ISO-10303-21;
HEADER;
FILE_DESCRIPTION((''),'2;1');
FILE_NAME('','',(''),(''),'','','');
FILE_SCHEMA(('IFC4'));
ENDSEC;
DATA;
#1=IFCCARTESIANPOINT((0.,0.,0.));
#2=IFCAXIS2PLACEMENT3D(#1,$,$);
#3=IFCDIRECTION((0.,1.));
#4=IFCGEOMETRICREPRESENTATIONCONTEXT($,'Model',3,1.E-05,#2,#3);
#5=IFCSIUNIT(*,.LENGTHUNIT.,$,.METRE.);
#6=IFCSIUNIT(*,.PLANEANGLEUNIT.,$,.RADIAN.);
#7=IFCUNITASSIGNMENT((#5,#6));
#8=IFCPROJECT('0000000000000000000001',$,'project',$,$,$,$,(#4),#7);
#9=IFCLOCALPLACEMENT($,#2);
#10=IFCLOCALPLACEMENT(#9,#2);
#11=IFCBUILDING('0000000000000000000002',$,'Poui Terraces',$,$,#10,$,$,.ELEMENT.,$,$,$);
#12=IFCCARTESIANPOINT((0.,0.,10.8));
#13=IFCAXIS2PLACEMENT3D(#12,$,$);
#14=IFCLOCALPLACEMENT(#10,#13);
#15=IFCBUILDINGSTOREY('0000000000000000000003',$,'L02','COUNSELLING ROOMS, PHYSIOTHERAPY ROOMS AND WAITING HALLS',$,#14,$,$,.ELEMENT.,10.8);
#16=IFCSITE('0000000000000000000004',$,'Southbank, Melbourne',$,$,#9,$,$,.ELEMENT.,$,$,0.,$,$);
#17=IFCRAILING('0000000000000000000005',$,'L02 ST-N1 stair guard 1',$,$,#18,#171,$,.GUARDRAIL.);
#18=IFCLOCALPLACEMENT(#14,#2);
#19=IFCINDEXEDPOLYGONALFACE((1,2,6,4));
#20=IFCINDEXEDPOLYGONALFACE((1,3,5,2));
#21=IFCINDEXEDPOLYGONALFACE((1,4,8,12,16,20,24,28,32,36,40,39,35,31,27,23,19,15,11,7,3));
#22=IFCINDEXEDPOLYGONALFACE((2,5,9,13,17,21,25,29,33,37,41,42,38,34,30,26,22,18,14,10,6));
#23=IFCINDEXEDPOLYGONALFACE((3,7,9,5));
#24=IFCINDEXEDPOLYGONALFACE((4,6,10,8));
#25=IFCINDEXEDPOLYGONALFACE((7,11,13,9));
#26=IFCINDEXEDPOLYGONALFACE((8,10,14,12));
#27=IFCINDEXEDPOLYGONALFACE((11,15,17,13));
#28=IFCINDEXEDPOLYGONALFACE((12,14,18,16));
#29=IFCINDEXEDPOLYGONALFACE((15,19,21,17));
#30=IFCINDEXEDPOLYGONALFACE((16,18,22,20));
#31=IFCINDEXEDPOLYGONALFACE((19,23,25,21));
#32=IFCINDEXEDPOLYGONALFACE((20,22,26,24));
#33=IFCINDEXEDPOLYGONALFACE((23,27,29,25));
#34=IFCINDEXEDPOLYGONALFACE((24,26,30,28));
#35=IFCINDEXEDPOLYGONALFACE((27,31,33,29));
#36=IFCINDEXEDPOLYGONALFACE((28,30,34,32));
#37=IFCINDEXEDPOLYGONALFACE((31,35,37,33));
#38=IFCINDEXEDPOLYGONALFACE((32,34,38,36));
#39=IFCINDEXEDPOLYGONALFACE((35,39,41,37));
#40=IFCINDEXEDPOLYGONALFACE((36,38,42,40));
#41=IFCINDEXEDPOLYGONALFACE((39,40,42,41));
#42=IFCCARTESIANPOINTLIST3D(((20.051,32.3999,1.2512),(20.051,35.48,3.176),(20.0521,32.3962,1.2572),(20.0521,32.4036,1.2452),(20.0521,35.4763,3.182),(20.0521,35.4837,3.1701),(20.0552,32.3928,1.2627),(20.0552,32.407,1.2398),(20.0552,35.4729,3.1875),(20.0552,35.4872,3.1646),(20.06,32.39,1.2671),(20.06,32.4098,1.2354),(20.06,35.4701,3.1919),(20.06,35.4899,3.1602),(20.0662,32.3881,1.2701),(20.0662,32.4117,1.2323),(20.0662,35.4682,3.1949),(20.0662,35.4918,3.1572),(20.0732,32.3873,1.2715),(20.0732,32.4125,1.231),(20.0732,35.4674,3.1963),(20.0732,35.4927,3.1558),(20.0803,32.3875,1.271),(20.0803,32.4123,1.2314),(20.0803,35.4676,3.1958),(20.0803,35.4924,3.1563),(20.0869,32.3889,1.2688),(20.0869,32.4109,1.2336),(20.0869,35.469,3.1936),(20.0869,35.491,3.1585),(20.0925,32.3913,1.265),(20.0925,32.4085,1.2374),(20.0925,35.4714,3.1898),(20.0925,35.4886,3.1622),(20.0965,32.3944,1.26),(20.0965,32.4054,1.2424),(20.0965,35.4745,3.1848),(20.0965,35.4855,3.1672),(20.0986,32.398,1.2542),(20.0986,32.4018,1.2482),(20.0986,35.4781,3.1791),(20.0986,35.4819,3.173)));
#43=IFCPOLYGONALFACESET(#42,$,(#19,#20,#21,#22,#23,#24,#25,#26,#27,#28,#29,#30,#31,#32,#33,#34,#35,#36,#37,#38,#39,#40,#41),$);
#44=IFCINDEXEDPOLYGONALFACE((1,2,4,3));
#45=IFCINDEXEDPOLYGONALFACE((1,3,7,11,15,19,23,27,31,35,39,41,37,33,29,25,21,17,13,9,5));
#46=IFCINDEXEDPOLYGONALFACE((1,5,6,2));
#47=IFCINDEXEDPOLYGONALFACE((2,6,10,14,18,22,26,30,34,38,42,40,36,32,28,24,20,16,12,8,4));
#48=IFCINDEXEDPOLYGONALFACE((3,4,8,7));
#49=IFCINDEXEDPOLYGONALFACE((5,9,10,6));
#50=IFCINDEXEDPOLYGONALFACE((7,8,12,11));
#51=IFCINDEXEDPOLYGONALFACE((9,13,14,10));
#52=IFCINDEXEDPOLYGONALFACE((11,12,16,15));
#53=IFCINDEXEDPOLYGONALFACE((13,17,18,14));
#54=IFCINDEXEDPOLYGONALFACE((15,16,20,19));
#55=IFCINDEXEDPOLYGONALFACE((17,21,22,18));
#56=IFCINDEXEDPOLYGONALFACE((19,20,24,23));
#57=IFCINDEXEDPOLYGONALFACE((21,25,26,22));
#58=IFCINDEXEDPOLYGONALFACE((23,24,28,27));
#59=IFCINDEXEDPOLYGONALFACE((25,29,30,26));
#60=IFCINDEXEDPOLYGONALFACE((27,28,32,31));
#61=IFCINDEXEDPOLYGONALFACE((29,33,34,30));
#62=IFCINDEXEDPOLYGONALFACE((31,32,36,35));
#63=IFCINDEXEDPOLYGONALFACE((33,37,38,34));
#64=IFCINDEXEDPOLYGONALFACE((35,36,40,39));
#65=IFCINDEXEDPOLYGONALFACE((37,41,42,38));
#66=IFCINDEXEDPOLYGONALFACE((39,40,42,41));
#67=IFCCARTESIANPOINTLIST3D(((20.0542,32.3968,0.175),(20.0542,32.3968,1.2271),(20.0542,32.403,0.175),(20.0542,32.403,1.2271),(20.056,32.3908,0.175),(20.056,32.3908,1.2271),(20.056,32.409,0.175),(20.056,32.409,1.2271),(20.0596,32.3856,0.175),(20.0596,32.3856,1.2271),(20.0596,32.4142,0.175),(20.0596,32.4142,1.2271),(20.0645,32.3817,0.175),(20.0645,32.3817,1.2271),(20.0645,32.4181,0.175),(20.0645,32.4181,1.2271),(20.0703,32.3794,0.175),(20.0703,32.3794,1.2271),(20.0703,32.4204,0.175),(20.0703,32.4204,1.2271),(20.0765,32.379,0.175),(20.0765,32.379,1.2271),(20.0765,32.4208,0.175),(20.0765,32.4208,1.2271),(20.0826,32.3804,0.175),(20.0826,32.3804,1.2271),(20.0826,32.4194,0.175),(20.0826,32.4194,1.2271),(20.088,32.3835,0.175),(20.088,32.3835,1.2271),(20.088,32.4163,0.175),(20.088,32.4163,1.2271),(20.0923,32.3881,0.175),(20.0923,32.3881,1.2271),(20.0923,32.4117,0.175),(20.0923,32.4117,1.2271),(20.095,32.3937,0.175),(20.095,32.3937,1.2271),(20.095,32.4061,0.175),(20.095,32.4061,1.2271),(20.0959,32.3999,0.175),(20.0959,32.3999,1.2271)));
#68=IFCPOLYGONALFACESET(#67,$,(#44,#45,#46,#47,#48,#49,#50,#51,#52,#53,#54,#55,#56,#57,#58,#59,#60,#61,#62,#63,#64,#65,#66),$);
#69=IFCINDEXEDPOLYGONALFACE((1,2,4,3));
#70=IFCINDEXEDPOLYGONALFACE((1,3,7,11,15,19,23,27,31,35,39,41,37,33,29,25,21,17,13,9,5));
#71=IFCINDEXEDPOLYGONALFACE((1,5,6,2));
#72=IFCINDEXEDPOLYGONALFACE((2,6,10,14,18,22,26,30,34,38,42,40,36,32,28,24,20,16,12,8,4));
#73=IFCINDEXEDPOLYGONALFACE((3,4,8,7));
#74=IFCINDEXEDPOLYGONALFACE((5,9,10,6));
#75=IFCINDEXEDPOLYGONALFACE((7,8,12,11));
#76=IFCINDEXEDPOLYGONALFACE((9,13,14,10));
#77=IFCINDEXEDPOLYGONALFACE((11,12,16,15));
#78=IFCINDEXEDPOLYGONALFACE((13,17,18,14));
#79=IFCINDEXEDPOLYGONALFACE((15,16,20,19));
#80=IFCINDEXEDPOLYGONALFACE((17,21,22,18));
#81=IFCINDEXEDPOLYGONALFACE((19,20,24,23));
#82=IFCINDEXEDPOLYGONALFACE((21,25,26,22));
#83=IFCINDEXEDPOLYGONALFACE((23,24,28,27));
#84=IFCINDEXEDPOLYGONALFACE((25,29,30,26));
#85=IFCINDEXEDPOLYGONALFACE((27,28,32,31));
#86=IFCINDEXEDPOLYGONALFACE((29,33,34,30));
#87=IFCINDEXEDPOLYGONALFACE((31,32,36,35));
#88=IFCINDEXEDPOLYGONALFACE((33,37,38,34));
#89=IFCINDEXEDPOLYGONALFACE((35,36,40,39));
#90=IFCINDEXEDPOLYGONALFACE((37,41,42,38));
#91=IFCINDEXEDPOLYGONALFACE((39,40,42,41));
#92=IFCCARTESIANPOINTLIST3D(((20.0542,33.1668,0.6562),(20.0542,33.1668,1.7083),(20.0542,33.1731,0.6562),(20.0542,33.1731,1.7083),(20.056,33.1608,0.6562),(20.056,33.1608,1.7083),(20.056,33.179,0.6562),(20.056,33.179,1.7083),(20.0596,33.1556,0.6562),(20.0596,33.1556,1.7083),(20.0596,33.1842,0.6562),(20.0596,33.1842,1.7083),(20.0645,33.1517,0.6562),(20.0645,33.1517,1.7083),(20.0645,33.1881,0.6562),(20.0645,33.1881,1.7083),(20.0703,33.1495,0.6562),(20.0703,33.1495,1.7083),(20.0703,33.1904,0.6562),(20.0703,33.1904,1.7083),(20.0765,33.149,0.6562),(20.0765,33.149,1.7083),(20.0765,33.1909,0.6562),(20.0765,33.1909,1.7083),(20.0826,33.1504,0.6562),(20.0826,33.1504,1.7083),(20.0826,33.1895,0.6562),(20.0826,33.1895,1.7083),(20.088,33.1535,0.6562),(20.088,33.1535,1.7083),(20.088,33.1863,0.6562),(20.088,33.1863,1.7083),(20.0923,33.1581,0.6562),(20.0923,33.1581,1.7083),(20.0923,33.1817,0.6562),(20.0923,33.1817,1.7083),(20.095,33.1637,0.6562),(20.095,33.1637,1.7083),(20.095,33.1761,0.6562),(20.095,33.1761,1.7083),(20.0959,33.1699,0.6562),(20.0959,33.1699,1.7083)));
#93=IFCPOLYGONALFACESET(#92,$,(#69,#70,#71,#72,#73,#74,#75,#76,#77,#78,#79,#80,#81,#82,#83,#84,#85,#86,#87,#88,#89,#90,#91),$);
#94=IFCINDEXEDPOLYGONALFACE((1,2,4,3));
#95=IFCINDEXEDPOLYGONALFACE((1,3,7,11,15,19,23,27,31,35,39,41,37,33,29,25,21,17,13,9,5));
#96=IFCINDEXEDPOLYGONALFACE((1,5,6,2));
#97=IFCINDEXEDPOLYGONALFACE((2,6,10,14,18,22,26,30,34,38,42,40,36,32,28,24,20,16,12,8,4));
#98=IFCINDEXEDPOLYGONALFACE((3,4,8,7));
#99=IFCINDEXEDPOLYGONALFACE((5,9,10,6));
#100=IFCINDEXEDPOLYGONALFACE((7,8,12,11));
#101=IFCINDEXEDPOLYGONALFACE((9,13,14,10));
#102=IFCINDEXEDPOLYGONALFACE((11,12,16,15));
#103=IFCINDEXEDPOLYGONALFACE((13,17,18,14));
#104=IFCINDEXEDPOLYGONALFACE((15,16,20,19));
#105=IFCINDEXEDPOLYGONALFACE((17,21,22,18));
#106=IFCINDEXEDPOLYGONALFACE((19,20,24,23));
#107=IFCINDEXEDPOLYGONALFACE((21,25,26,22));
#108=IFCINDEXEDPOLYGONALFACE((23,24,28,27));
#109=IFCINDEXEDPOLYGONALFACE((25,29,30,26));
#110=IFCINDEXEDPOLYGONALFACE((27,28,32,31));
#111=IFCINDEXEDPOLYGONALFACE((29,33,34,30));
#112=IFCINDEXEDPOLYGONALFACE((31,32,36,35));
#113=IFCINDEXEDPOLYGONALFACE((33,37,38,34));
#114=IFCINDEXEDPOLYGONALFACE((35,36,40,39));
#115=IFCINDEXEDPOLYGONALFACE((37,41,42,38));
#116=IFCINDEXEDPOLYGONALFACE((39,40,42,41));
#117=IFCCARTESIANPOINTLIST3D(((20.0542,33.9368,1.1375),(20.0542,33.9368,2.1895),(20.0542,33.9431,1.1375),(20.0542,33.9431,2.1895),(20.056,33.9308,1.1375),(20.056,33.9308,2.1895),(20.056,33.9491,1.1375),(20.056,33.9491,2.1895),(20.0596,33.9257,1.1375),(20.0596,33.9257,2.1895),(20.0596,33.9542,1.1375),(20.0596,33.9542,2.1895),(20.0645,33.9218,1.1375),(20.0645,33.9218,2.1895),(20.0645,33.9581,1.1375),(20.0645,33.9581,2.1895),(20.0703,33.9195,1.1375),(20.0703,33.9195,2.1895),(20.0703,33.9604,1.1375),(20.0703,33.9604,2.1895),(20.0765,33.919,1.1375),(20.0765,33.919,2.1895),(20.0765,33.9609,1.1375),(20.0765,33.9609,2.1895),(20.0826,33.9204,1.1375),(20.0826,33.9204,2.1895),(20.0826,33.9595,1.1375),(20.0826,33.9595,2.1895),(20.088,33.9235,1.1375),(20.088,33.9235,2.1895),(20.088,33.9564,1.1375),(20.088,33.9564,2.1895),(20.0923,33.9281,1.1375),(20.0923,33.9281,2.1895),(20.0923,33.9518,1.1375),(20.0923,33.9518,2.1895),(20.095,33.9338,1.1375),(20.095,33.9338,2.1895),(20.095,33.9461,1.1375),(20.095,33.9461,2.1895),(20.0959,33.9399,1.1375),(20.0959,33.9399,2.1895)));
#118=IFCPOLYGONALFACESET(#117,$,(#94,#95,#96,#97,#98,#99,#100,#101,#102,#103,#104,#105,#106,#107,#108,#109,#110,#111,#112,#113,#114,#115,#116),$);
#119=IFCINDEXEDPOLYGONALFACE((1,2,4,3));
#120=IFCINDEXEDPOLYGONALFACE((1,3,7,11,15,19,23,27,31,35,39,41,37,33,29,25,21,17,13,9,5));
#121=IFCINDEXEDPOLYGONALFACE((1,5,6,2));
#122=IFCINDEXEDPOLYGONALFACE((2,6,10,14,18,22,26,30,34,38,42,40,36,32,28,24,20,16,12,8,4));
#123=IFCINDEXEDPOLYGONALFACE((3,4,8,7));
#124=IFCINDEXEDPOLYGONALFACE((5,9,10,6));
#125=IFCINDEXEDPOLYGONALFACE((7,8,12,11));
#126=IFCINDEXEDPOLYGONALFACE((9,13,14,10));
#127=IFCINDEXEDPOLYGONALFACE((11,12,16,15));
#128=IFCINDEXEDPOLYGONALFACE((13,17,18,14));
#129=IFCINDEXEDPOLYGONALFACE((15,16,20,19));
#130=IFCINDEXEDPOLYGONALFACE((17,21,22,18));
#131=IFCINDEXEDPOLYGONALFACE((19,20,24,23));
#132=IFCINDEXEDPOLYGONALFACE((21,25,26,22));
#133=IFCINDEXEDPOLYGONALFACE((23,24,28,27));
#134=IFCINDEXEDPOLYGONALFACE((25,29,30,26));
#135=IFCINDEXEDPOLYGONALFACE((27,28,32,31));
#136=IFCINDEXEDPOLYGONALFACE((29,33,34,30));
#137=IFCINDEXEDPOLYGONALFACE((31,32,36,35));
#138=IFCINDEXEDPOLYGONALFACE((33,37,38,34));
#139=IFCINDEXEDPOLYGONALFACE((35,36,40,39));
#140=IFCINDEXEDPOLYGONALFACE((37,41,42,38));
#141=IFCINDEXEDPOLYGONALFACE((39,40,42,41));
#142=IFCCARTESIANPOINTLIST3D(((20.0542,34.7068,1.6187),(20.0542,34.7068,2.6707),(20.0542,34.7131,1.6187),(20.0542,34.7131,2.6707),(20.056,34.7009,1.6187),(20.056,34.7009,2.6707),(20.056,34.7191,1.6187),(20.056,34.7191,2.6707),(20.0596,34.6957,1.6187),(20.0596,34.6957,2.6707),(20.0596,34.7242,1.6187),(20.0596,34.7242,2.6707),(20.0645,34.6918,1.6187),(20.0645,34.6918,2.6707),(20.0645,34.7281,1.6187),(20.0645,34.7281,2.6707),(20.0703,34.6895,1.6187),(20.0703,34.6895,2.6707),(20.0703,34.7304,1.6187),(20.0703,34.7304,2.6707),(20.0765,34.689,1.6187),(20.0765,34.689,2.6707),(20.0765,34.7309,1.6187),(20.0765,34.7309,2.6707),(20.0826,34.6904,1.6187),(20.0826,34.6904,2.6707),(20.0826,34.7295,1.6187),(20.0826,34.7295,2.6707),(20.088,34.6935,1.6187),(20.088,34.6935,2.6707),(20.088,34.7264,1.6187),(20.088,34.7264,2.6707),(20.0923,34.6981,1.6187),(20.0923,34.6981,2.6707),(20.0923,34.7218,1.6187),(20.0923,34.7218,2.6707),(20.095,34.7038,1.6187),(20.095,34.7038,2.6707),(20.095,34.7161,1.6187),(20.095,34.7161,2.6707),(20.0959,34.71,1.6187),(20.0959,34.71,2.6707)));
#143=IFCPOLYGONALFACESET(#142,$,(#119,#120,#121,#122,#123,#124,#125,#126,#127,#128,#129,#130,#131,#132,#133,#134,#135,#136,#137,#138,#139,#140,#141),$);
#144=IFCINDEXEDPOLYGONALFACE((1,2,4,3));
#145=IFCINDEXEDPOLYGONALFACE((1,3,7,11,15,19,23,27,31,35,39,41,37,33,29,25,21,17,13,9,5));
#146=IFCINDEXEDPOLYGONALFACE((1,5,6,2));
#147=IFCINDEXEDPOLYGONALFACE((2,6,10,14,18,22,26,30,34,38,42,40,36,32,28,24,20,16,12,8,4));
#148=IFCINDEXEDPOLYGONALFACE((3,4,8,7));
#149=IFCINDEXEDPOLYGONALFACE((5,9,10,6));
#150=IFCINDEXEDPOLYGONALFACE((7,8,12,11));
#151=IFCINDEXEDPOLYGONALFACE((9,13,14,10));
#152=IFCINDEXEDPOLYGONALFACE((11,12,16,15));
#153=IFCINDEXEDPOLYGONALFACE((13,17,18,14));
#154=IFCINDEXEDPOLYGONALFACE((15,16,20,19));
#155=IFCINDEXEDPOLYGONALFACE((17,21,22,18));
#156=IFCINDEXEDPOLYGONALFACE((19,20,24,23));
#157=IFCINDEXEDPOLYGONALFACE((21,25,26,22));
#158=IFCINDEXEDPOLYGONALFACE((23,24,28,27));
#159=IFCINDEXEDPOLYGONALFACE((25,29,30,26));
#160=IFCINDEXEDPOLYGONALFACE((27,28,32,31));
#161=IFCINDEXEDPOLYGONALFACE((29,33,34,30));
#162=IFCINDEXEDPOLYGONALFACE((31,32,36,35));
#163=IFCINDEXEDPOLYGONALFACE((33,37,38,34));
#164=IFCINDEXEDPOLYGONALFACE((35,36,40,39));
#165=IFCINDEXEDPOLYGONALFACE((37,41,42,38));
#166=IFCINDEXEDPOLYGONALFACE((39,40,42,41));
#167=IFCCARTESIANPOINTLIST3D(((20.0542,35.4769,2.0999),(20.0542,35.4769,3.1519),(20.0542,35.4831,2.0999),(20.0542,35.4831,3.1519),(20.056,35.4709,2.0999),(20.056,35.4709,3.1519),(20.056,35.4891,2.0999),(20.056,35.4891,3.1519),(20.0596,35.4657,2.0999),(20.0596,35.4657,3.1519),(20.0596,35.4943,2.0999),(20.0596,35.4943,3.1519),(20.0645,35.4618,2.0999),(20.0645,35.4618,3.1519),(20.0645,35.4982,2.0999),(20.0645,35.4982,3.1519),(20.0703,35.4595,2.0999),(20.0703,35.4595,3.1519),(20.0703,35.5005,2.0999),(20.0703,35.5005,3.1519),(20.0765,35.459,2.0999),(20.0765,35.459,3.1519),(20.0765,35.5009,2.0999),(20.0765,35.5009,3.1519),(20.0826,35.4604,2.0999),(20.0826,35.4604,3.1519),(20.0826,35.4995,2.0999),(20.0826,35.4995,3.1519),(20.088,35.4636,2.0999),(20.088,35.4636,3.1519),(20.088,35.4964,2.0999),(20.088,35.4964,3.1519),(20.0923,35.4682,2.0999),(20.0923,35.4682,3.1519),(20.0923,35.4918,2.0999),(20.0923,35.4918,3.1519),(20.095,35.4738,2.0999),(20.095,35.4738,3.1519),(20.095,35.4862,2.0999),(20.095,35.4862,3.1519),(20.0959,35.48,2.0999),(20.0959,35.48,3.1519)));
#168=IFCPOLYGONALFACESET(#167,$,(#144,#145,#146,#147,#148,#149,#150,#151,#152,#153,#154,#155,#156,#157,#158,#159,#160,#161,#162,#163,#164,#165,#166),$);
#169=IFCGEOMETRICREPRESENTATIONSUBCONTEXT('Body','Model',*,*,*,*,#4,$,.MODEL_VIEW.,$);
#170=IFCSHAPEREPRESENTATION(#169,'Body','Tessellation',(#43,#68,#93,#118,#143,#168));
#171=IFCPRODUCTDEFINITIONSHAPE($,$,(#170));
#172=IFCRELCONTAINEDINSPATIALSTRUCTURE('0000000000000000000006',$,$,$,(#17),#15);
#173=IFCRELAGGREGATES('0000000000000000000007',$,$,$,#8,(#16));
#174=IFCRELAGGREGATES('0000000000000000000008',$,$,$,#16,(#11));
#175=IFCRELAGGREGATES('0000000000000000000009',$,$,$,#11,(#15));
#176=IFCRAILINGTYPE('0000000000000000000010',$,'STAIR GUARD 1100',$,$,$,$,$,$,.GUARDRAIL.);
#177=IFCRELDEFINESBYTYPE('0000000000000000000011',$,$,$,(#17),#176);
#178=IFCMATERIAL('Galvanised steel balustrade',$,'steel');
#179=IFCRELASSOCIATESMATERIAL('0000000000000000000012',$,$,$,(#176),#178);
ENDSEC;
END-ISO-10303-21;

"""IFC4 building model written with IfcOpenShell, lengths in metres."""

from ifc_helpers import new_model, si_unit, direction, frame, origin, origin_2d, place, context, subcontext, project, spatial, circle, extrude, material, type_object, element, save


model = new_model("IFC4")

# Units and contexts
model_context = context("Model", 3, precision=1e-05, world=origin(), true_north=direction((0.0, 1.0)))
body_context = subcontext(model_context, "Body", "Model", "MODEL_VIEW")
ifc_project = project(units=[si_unit("LENGTHUNIT", "METRE"), si_unit("PLANEANGLEUNIT", "RADIAN")], contexts=[model_context])

# Site, building, storey
site_placement = place(None, origin())
site = spatial("IfcSite", under=ifc_project, at=site_placement, Name="Southbank, Melbourne", CompositionType="ELEMENT", RefElevation=0.0)
building_placement = place(site_placement, origin())
building = spatial("IfcBuilding", under=site, at=building_placement, Name="Poui Terraces", CompositionType="ELEMENT")
storey_placement = place(building_placement, frame((0.0, 0.0, 10.8)))
storey = spatial("IfcBuildingStorey", under=building, at=storey_placement, Name="L02", Description="COUNSELLING ROOMS, PHYSIOTHERAPY ROOMS AND WAITING HALLS", CompositionType="ELEMENT", Elevation=10.8)

# Railing
ifc_material_1 = material(Name="Galvanised steel balustrade", Category="steel")
railing_type_1 = type_object("IfcRailingType", Name="STAIR GUARD 1100", PredefinedType="GUARDRAIL", material=ifc_material_1)
railing_1_placement = place(storey_placement, frame((20.075, 32.3999, 0.175)))
element("IfcRailing", 1, at=railing_1_placement, inside=storey, type_object=railing_type_1, Name="L02 ST-N1 stair guard 1", PredefinedType="GUARDRAIL", context=body_context, shape_type="SweptSolid", body=[
    extrude(circle(Radius=0.0239, at=origin_2d()), frame((0.0, 0.0, 1.0762), z_axis=(0.0, 0.848029, 0.529951), x_axis=(-1.0, 0.0, 0.0)), (0.0, 0.0, 1.0), 3.6321),
    extrude(circle(Radius=0.021, at=origin_2d()), origin(), (0.0, 0.0, 1.0), 1.052),
    extrude(circle(Radius=0.021, at=origin_2d()), frame((0.0, 0.77, 0.4812)), (0.0, 0.0, 1.0), 1.052),
    extrude(circle(Radius=0.021, at=origin_2d()), frame((0.0, 1.54, 0.9624)), (0.0, 0.0, 1.0), 1.052),
    extrude(circle(Radius=0.021, at=origin_2d()), frame((0.0, 2.3101, 1.4436)), (0.0, 0.0, 1.0), 1.052),
    extrude(circle(Radius=0.021, at=origin_2d()), frame((0.0, 3.0801, 1.9248)), (0.0, 0.0, 1.0), 1.052),
])

save(model, "model.ifc")
